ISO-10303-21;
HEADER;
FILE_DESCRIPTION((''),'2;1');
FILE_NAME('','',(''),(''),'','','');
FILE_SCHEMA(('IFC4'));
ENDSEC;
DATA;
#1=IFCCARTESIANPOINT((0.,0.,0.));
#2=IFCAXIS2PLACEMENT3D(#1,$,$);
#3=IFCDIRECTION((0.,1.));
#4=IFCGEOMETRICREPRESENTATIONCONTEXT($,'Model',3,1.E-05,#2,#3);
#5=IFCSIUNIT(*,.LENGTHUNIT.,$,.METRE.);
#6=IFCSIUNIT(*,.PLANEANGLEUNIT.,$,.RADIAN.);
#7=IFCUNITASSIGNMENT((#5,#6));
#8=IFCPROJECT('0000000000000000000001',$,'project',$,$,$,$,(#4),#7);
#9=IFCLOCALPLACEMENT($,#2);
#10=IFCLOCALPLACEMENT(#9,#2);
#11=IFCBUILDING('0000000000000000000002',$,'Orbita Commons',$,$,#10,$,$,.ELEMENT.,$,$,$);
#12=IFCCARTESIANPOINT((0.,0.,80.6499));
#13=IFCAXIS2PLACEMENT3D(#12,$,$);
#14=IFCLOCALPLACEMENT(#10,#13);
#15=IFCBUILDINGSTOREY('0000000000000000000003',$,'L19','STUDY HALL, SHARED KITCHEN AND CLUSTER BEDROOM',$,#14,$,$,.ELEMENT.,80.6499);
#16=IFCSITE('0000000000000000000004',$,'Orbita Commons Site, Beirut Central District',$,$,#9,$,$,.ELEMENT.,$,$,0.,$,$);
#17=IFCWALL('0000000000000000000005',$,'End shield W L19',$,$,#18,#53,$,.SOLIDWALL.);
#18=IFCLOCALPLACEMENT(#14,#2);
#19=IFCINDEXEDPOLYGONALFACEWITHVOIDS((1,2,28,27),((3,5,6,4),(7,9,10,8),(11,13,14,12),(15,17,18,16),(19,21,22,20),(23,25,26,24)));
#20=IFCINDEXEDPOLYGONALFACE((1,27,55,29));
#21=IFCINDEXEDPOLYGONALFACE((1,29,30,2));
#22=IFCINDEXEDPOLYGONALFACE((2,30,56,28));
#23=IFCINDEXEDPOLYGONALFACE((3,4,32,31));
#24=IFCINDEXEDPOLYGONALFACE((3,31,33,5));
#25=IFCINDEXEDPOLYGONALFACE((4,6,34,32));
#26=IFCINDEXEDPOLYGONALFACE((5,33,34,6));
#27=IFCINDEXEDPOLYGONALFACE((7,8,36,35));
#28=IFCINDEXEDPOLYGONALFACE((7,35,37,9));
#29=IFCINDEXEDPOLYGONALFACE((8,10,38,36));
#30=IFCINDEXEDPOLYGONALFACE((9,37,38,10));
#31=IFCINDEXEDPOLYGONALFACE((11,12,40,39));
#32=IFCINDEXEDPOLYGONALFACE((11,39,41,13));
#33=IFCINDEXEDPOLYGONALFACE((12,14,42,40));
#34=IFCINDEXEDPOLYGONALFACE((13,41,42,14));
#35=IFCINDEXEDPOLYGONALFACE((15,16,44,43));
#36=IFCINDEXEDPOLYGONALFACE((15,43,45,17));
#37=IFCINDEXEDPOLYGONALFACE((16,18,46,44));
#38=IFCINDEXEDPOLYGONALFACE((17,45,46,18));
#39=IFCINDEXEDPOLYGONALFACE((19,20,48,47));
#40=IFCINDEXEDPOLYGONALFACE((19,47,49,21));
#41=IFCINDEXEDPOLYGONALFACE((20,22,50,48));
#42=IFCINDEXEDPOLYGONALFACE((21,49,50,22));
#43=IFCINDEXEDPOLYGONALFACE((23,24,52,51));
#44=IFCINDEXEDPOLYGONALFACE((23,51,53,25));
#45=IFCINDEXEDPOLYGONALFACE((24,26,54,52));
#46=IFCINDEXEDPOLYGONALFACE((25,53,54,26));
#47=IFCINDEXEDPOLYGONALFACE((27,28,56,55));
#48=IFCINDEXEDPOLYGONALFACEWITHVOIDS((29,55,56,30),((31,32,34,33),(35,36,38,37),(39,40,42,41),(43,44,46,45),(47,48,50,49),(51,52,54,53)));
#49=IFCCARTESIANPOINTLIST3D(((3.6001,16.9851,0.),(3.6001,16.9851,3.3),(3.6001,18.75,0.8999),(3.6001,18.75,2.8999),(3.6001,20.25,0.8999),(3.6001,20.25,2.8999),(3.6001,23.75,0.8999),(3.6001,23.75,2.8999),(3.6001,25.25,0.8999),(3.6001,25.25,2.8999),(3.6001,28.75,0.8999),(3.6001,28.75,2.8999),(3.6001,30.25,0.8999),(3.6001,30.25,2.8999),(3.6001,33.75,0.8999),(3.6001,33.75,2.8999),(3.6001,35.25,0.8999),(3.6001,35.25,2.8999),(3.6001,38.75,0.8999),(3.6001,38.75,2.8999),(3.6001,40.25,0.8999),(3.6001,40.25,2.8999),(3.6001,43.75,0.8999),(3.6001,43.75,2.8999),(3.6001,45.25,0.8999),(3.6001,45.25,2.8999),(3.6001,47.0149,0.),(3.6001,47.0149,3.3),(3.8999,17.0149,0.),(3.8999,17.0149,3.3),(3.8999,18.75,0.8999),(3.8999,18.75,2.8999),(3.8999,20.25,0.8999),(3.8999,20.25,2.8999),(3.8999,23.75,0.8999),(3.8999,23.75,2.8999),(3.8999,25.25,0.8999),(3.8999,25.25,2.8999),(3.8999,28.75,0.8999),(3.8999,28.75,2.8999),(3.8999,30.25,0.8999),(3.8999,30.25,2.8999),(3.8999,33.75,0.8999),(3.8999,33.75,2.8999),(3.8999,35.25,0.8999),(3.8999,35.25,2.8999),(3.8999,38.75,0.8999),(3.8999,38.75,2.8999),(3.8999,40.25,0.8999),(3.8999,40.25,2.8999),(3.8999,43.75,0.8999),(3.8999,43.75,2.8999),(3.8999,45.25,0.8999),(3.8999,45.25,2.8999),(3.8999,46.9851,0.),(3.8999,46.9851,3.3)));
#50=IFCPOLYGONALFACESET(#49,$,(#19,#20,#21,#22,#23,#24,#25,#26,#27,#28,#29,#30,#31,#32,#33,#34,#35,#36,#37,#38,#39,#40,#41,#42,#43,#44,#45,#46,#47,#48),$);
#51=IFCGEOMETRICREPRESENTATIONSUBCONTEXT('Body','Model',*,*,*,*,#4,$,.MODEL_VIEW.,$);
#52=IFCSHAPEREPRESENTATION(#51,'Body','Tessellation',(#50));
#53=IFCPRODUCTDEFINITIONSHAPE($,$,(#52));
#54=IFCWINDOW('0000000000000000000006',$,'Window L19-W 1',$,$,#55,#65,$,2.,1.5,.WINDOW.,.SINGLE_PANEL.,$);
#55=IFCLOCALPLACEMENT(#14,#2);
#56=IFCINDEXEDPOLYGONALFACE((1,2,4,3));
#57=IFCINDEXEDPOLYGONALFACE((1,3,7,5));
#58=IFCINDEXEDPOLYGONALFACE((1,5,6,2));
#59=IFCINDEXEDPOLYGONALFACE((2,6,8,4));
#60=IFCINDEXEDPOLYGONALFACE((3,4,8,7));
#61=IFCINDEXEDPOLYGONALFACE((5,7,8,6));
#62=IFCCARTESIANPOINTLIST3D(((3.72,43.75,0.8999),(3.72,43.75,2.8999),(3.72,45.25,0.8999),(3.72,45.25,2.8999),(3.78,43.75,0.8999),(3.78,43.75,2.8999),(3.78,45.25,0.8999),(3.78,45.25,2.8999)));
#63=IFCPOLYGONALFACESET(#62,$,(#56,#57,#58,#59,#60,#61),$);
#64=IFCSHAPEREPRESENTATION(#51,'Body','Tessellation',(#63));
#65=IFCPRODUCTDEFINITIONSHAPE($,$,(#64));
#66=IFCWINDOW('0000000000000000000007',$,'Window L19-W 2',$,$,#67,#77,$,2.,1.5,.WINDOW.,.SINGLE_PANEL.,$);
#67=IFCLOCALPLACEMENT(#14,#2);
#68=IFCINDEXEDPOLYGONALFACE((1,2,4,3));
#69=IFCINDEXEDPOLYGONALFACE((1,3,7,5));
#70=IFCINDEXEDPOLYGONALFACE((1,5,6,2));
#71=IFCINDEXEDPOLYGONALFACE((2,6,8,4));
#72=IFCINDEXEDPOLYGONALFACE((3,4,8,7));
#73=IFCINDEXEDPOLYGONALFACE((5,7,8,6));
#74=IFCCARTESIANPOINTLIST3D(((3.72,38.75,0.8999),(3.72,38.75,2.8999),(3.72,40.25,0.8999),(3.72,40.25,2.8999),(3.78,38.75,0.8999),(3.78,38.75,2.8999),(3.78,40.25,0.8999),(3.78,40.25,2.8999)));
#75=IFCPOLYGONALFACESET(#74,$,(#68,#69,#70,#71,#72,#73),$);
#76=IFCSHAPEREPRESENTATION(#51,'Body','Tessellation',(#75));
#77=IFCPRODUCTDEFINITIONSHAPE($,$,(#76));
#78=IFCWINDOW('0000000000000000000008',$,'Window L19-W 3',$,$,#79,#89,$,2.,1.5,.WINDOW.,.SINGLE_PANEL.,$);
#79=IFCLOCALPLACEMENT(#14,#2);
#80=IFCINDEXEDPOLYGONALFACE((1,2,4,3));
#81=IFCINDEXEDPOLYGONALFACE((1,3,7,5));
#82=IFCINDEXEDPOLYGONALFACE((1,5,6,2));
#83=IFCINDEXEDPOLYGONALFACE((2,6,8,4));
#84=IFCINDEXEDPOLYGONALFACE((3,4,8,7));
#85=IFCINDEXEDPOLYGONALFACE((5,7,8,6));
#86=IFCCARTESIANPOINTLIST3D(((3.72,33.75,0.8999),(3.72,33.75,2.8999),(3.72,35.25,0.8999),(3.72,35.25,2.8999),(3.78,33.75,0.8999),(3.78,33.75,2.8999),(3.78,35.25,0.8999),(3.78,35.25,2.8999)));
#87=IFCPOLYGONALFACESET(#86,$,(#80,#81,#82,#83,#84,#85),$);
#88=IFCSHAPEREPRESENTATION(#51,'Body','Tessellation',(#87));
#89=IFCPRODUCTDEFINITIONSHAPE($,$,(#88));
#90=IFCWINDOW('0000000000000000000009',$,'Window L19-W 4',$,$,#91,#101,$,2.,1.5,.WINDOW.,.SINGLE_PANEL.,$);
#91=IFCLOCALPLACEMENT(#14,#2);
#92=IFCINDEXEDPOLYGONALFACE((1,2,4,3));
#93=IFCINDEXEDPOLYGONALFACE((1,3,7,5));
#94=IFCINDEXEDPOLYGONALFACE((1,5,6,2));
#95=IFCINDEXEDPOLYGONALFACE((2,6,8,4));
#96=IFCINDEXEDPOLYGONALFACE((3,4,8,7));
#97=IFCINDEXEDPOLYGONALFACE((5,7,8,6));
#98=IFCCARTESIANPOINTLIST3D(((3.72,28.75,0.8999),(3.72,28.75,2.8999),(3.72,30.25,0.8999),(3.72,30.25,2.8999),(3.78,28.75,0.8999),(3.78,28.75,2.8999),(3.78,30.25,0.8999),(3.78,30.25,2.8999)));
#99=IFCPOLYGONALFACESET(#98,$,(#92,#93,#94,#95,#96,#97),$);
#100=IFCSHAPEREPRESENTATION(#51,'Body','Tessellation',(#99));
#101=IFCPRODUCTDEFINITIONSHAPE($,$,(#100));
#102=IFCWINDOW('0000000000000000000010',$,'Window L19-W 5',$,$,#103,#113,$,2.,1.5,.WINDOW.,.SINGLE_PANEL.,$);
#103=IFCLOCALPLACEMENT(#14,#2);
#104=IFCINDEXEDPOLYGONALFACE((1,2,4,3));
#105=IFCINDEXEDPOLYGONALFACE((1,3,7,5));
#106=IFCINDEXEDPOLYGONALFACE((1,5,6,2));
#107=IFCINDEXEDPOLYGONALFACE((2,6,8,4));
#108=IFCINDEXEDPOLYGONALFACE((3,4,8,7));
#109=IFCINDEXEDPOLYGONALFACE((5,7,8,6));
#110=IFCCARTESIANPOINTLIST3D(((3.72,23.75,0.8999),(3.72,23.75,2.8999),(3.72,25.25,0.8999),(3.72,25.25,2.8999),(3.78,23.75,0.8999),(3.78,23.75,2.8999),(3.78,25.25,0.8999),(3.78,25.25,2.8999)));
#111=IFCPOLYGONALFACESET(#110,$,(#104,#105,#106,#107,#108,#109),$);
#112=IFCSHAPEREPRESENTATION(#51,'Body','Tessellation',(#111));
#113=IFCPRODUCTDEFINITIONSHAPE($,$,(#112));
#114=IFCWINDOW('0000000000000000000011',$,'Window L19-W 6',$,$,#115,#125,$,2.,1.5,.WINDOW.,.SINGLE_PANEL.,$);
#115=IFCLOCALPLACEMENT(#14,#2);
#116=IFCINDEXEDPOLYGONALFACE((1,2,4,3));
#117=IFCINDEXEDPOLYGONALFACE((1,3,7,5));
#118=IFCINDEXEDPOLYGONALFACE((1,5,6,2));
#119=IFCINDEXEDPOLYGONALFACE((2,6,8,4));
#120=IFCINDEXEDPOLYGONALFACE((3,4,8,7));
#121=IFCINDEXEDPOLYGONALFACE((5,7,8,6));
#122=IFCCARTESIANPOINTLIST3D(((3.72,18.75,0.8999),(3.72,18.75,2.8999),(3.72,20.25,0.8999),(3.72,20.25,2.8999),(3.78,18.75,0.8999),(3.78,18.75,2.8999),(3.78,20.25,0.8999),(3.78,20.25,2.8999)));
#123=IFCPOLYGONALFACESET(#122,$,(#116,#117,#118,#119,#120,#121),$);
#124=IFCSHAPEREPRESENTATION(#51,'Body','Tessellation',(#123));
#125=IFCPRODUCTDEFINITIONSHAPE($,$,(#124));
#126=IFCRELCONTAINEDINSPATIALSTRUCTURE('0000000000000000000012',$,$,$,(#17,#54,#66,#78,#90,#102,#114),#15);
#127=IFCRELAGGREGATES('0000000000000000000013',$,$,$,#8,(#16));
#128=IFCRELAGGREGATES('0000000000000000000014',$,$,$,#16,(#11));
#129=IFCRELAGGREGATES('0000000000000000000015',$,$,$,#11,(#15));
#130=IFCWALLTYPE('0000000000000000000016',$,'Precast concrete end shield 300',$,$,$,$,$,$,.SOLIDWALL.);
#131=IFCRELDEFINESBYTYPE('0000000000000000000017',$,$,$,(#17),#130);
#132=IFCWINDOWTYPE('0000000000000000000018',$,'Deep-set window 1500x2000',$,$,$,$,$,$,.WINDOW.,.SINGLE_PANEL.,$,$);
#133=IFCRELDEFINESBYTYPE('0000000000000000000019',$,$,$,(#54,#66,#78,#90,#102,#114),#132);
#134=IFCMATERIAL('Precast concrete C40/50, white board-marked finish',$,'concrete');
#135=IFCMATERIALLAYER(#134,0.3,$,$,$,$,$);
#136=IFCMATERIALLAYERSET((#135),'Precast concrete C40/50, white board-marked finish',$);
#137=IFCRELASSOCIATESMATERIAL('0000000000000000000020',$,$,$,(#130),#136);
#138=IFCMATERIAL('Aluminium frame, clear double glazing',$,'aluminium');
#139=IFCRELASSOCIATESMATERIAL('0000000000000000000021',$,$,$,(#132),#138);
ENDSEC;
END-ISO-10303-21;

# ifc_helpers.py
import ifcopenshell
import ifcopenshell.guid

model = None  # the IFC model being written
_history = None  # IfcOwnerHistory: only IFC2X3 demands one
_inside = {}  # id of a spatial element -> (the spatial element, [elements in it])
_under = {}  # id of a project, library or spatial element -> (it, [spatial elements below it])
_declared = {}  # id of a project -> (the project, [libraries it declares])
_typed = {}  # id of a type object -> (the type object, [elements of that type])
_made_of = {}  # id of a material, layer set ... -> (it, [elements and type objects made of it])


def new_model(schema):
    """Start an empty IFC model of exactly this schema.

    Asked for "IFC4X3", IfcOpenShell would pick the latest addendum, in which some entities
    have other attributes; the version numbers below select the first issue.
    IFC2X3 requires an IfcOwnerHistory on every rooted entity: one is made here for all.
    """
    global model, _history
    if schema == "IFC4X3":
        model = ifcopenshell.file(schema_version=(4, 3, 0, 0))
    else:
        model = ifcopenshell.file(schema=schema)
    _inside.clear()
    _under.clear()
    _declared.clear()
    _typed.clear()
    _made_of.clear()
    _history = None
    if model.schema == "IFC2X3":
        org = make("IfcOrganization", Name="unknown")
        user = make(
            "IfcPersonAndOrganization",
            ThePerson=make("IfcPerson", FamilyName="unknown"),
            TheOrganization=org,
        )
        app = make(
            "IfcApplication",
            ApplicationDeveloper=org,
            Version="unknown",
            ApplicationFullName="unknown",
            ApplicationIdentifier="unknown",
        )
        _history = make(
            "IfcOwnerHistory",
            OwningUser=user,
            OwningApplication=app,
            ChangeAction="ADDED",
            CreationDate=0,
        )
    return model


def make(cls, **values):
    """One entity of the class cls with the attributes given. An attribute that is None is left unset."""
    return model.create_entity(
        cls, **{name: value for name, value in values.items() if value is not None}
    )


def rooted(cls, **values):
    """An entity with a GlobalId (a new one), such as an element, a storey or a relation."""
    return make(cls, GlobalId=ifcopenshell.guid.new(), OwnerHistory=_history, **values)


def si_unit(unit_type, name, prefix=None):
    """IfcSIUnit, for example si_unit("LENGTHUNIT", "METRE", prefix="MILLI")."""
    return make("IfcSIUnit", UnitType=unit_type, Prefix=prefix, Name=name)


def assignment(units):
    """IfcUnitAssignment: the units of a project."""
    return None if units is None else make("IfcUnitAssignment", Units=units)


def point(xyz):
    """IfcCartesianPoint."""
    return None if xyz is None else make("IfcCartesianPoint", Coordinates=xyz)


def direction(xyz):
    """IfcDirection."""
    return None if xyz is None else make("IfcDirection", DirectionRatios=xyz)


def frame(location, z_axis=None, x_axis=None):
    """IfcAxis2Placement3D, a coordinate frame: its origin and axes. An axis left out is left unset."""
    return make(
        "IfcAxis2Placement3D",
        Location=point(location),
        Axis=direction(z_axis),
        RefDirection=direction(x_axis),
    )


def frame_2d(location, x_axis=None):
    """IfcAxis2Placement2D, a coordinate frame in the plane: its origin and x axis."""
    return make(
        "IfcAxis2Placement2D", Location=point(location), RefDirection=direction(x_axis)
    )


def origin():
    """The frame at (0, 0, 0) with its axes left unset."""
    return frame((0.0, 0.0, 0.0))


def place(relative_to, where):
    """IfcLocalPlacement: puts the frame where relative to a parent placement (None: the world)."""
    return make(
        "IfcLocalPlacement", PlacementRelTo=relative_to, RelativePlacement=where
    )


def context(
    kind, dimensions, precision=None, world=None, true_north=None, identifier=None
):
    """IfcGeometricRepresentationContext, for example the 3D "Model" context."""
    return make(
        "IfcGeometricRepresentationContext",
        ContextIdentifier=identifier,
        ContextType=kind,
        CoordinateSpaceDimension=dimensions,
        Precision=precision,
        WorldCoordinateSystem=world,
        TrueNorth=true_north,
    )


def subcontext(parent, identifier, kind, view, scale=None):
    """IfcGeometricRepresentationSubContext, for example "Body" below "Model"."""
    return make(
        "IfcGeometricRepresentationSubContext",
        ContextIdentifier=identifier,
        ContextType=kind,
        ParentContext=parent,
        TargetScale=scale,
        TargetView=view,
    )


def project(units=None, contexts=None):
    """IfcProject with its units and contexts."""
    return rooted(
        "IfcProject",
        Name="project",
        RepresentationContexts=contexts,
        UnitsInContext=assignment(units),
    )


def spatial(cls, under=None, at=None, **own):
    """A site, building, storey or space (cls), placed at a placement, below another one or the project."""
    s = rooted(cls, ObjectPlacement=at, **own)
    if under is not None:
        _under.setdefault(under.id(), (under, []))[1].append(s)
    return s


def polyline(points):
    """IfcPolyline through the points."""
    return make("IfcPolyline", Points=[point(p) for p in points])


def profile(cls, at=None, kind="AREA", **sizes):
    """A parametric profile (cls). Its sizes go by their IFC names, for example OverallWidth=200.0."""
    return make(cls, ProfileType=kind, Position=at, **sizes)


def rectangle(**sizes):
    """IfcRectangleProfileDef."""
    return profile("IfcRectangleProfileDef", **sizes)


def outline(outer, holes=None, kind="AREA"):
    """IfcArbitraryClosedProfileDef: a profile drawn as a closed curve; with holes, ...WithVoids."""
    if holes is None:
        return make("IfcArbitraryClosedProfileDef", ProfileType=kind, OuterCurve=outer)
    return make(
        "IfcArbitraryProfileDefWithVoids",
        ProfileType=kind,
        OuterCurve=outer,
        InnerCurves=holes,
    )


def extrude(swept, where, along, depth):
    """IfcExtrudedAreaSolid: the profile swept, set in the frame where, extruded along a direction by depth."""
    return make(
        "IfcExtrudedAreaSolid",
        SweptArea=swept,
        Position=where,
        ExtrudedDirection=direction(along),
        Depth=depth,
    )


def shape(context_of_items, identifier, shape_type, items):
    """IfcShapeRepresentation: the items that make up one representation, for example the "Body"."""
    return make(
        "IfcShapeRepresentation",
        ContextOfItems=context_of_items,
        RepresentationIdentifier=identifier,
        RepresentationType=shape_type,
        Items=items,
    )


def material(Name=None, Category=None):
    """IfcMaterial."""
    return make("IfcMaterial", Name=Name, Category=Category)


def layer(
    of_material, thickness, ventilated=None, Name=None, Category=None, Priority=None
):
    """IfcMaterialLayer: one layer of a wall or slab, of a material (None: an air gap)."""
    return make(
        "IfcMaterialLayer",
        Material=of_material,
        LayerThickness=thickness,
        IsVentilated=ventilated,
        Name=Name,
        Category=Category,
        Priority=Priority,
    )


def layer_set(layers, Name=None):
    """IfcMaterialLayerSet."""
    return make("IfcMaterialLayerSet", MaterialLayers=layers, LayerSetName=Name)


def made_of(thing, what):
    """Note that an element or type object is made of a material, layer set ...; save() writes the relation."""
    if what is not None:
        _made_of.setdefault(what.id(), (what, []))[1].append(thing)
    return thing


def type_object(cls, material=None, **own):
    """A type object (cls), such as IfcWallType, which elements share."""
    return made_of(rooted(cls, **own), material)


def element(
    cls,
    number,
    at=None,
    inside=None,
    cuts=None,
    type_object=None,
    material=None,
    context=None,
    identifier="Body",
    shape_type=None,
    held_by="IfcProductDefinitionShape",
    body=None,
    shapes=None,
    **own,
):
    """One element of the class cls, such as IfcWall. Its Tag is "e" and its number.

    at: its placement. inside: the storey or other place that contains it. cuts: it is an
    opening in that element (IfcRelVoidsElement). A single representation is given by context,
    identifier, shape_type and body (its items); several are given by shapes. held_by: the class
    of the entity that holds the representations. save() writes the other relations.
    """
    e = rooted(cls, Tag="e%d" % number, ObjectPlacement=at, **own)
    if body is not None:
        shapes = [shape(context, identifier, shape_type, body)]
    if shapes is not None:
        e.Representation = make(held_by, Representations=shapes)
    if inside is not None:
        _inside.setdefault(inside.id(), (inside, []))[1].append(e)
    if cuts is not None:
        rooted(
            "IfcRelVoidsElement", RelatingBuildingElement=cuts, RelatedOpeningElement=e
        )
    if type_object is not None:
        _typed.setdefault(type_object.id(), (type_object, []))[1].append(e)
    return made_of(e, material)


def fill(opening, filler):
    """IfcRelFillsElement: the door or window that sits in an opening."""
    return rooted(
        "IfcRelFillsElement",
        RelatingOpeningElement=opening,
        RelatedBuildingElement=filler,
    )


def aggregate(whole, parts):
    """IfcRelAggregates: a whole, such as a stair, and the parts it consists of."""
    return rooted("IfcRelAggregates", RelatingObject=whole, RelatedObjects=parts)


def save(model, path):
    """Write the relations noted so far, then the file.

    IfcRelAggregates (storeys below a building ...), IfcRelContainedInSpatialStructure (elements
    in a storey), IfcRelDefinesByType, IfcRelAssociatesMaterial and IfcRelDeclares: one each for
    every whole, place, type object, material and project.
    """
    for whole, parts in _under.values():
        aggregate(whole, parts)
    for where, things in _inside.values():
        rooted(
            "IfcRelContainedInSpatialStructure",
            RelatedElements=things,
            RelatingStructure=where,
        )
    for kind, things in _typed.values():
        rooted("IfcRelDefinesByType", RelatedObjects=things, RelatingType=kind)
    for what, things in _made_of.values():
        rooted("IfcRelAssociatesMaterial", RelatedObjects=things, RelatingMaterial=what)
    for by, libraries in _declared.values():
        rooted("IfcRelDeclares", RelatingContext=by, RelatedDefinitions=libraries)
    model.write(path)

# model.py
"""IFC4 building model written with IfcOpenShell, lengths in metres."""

from ifc_helpers import new_model, si_unit, direction, frame, frame_2d, origin, place, context, subcontext, project, spatial, polyline, rectangle, outline, extrude, material, layer, layer_set, type_object, element, fill, save


model = new_model("IFC4")

# Units and contexts
model_context = context("Model", 3, precision=1e-05, world=origin(), true_north=direction((0.0, 1.0)))
body_context = subcontext(model_context, "Body", "Model", "MODEL_VIEW")
ifc_project = project(units=[si_unit("LENGTHUNIT", "METRE"), si_unit("PLANEANGLEUNIT", "RADIAN")], contexts=[model_context])

# Site, building, storey
site_placement = place(None, origin())
site = spatial("IfcSite", under=ifc_project, at=site_placement, Name="Orbita Commons Site, Beirut Central District", CompositionType="ELEMENT", RefElevation=0.0)
building_placement = place(site_placement, origin())
building = spatial("IfcBuilding", under=site, at=building_placement, Name="Orbita Commons", CompositionType="ELEMENT")
storey_placement = place(building_placement, frame((0.0, 0.0, 80.6499)))
storey = spatial("IfcBuildingStorey", under=building, at=storey_placement, Name="L19", Description="STUDY HALL, SHARED KITCHEN AND CLUSTER BEDROOM", CompositionType="ELEMENT", Elevation=80.6499)

# Wall, openings, windows
ifc_material_1 = material(Name="Precast concrete C40/50, white board-marked finish", Category="concrete")
ifc_layer_1 = layer(ifc_material_1, 0.3)
ifc_layer_set_1 = layer_set([ifc_layer_1], Name="Precast concrete C40/50, white board-marked finish")
wall_type_1 = type_object("IfcWallType", Name="Precast concrete end shield 300", PredefinedType="SOLIDWALL", material=ifc_layer_set_1)
wall_1_placement = place(storey_placement, frame((3.75, 47.0, 0.0), z_axis=(0.0, 0.0, 1.0), x_axis=(0.0, -1.0, 0.0)))
wall_1 = element("IfcWall", 1, at=wall_1_placement, inside=storey, type_object=wall_type_1, Name="End shield W L19", PredefinedType="SOLIDWALL", context=body_context, shape_type="SweptSolid", body=[
    extrude(outline(polyline([(-0.0149, -0.1499), (30.0149, -0.1499), (29.9851, 0.1499), (0.0149, 0.1499), (-0.0149, -0.1499)])), origin(), (0.0, 0.0, 1.0), 3.3),
])
opening_1_placement = place(wall_1_placement, frame((1.75, 0.0, 0.8999)))
opening_1 = element("IfcOpeningElement", 2, at=opening_1_placement, cuts=wall_1, PredefinedType="OPENING", context=body_context, shape_type="SweptSolid", body=[
    extrude(rectangle(XDim=1.5, YDim=2.0, at=frame_2d((0.75, 1.0))), frame((0.0, 0.1599, 0.0), z_axis=(0.0, -1.0, 0.0), x_axis=(1.0, 0.0, 0.0)), (0.0, 0.0, 1.0), 0.3201),
])
opening_2_placement = place(wall_1_placement, frame((6.75, 0.0, 0.8999)))
opening_2 = element("IfcOpeningElement", 3, at=opening_2_placement, cuts=wall_1, PredefinedType="OPENING", context=body_context, shape_type="SweptSolid", body=[
    extrude(rectangle(XDim=1.5, YDim=2.0, at=frame_2d((0.75, 1.0))), frame((0.0, 0.1599, 0.0), z_axis=(0.0, -1.0, 0.0), x_axis=(1.0, 0.0, 0.0)), (0.0, 0.0, 1.0), 0.3201),
])
opening_3_placement = place(wall_1_placement, frame((11.75, 0.0, 0.8999)))
opening_3 = element("IfcOpeningElement", 4, at=opening_3_placement, cuts=wall_1, PredefinedType="OPENING", context=body_context, shape_type="SweptSolid", body=[
    extrude(rectangle(XDim=1.5, YDim=2.0, at=frame_2d((0.75, 1.0))), frame((0.0, 0.1599, 0.0), z_axis=(0.0, -1.0, 0.0), x_axis=(1.0, 0.0, 0.0)), (0.0, 0.0, 1.0), 0.3201),
])
opening_4_placement = place(wall_1_placement, frame((16.75, 0.0, 0.8999)))
opening_4 = element("IfcOpeningElement", 5, at=opening_4_placement, cuts=wall_1, PredefinedType="OPENING", context=body_context, shape_type="SweptSolid", body=[
    extrude(rectangle(XDim=1.5, YDim=2.0, at=frame_2d((0.75, 1.0))), frame((0.0, 0.1599, 0.0), z_axis=(0.0, -1.0, 0.0), x_axis=(1.0, 0.0, 0.0)), (0.0, 0.0, 1.0), 0.3201),
])
opening_5_placement = place(wall_1_placement, frame((21.75, 0.0, 0.8999)))
opening_5 = element("IfcOpeningElement", 6, at=opening_5_placement, cuts=wall_1, PredefinedType="OPENING", context=body_context, shape_type="SweptSolid", body=[
    extrude(rectangle(XDim=1.5, YDim=2.0, at=frame_2d((0.75, 1.0))), frame((0.0, 0.1599, 0.0), z_axis=(0.0, -1.0, 0.0), x_axis=(1.0, 0.0, 0.0)), (0.0, 0.0, 1.0), 0.3201),
])
opening_6_placement = place(wall_1_placement, frame((26.75, 0.0, 0.8999)))
opening_6 = element("IfcOpeningElement", 7, at=opening_6_placement, cuts=wall_1, PredefinedType="OPENING", context=body_context, shape_type="SweptSolid", body=[
    extrude(rectangle(XDim=1.5, YDim=2.0, at=frame_2d((0.75, 1.0))), frame((0.0, 0.1599, 0.0), z_axis=(0.0, -1.0, 0.0), x_axis=(1.0, 0.0, 0.0)), (0.0, 0.0, 1.0), 0.3201),
])
ifc_material_2 = material(Name="Aluminium frame, clear double glazing", Category="aluminium")
window_type = type_object("IfcWindowType", Name="Deep-set window 1500x2000", PartitioningType="SINGLE_PANEL", PredefinedType="WINDOW", material=ifc_material_2)
window_1_placement = place(opening_1_placement, origin())
window_1 = element("IfcWindow", 8, at=window_1_placement, inside=storey, type_object=window_type, Name="Window L19-W 1", OverallHeight=2.0, OverallWidth=1.5, PartitioningType="SINGLE_PANEL", PredefinedType="WINDOW", context=body_context, shape_type="SweptSolid", body=[
    extrude(rectangle(XDim=1.5, YDim=2.0, at=frame_2d((0.75, 1.0))), frame((0.0, 0.03, 0.0), z_axis=(0.0, -1.0, 0.0), x_axis=(1.0, 0.0, 0.0)), (0.0, 0.0, 1.0), 0.0601),
])
fill(opening_1, window_1)
window_2_placement = place(opening_2_placement, origin())
window_2 = element("IfcWindow", 9, at=window_2_placement, inside=storey, type_object=window_type, Name="Window L19-W 2", OverallHeight=2.0, OverallWidth=1.5, PartitioningType="SINGLE_PANEL", PredefinedType="WINDOW", context=body_context, shape_type="SweptSolid", body=[
    extrude(rectangle(XDim=1.5, YDim=2.0, at=frame_2d((0.75, 1.0))), frame((0.0, 0.03, 0.0), z_axis=(0.0, -1.0, 0.0), x_axis=(1.0, 0.0, 0.0)), (0.0, 0.0, 1.0), 0.0601),
])
fill(opening_2, window_2)
window_3_placement = place(opening_3_placement, origin())
window_3 = element("IfcWindow", 10, at=window_3_placement, inside=storey, type_object=window_type, Name="Window L19-W 3", OverallHeight=2.0, OverallWidth=1.5, PartitioningType="SINGLE_PANEL", PredefinedType="WINDOW", context=body_context, shape_type="SweptSolid", body=[
    extrude(rectangle(XDim=1.5, YDim=2.0, at=frame_2d((0.75, 1.0))), frame((0.0, 0.03, 0.0), z_axis=(0.0, -1.0, 0.0), x_axis=(1.0, 0.0, 0.0)), (0.0, 0.0, 1.0), 0.0601),
])
fill(opening_3, window_3)
window_4_placement = place(opening_4_placement, origin())
window_4 = element("IfcWindow", 11, at=window_4_placement, inside=storey, type_object=window_type, Name="Window L19-W 4", OverallHeight=2.0, OverallWidth=1.5, PartitioningType="SINGLE_PANEL", PredefinedType="WINDOW", context=body_context, shape_type="SweptSolid", body=[
    extrude(rectangle(XDim=1.5, YDim=2.0, at=frame_2d((0.75, 1.0))), frame((0.0, 0.03, 0.0), z_axis=(0.0, -1.0, 0.0), x_axis=(1.0, 0.0, 0.0)), (0.0, 0.0, 1.0), 0.0601),
])
fill(opening_4, window_4)
window_5_placement = place(opening_5_placement, origin())
window_5 = element("IfcWindow", 12, at=window_5_placement, inside=storey, type_object=window_type, Name="Window L19-W 5", OverallHeight=2.0, OverallWidth=1.5, PartitioningType="SINGLE_PANEL", PredefinedType="WINDOW", context=body_context, shape_type="SweptSolid", body=[
    extrude(rectangle(XDim=1.5, YDim=2.0, at=frame_2d((0.75, 1.0))), frame((0.0, 0.03, 0.0), z_axis=(0.0, -1.0, 0.0), x_axis=(1.0, 0.0, 0.0)), (0.0, 0.0, 1.0), 0.0601),
])
fill(opening_5, window_5)
window_6_placement = place(opening_6_placement, origin())
window_6 = element("IfcWindow", 13, at=window_6_placement, inside=storey, type_object=window_type, Name="Window L19-W 6", OverallHeight=2.0, OverallWidth=1.5, PartitioningType="SINGLE_PANEL", PredefinedType="WINDOW", context=body_context, shape_type="SweptSolid", body=[
    extrude(rectangle(XDim=1.5, YDim=2.0, at=frame_2d((0.75, 1.0))), frame((0.0, 0.03, 0.0), z_axis=(0.0, -1.0, 0.0), x_axis=(1.0, 0.0, 0.0)), (0.0, 0.0, 1.0), 0.0601),
])
fill(opening_6, window_6)

save(model, "model.ifc")
